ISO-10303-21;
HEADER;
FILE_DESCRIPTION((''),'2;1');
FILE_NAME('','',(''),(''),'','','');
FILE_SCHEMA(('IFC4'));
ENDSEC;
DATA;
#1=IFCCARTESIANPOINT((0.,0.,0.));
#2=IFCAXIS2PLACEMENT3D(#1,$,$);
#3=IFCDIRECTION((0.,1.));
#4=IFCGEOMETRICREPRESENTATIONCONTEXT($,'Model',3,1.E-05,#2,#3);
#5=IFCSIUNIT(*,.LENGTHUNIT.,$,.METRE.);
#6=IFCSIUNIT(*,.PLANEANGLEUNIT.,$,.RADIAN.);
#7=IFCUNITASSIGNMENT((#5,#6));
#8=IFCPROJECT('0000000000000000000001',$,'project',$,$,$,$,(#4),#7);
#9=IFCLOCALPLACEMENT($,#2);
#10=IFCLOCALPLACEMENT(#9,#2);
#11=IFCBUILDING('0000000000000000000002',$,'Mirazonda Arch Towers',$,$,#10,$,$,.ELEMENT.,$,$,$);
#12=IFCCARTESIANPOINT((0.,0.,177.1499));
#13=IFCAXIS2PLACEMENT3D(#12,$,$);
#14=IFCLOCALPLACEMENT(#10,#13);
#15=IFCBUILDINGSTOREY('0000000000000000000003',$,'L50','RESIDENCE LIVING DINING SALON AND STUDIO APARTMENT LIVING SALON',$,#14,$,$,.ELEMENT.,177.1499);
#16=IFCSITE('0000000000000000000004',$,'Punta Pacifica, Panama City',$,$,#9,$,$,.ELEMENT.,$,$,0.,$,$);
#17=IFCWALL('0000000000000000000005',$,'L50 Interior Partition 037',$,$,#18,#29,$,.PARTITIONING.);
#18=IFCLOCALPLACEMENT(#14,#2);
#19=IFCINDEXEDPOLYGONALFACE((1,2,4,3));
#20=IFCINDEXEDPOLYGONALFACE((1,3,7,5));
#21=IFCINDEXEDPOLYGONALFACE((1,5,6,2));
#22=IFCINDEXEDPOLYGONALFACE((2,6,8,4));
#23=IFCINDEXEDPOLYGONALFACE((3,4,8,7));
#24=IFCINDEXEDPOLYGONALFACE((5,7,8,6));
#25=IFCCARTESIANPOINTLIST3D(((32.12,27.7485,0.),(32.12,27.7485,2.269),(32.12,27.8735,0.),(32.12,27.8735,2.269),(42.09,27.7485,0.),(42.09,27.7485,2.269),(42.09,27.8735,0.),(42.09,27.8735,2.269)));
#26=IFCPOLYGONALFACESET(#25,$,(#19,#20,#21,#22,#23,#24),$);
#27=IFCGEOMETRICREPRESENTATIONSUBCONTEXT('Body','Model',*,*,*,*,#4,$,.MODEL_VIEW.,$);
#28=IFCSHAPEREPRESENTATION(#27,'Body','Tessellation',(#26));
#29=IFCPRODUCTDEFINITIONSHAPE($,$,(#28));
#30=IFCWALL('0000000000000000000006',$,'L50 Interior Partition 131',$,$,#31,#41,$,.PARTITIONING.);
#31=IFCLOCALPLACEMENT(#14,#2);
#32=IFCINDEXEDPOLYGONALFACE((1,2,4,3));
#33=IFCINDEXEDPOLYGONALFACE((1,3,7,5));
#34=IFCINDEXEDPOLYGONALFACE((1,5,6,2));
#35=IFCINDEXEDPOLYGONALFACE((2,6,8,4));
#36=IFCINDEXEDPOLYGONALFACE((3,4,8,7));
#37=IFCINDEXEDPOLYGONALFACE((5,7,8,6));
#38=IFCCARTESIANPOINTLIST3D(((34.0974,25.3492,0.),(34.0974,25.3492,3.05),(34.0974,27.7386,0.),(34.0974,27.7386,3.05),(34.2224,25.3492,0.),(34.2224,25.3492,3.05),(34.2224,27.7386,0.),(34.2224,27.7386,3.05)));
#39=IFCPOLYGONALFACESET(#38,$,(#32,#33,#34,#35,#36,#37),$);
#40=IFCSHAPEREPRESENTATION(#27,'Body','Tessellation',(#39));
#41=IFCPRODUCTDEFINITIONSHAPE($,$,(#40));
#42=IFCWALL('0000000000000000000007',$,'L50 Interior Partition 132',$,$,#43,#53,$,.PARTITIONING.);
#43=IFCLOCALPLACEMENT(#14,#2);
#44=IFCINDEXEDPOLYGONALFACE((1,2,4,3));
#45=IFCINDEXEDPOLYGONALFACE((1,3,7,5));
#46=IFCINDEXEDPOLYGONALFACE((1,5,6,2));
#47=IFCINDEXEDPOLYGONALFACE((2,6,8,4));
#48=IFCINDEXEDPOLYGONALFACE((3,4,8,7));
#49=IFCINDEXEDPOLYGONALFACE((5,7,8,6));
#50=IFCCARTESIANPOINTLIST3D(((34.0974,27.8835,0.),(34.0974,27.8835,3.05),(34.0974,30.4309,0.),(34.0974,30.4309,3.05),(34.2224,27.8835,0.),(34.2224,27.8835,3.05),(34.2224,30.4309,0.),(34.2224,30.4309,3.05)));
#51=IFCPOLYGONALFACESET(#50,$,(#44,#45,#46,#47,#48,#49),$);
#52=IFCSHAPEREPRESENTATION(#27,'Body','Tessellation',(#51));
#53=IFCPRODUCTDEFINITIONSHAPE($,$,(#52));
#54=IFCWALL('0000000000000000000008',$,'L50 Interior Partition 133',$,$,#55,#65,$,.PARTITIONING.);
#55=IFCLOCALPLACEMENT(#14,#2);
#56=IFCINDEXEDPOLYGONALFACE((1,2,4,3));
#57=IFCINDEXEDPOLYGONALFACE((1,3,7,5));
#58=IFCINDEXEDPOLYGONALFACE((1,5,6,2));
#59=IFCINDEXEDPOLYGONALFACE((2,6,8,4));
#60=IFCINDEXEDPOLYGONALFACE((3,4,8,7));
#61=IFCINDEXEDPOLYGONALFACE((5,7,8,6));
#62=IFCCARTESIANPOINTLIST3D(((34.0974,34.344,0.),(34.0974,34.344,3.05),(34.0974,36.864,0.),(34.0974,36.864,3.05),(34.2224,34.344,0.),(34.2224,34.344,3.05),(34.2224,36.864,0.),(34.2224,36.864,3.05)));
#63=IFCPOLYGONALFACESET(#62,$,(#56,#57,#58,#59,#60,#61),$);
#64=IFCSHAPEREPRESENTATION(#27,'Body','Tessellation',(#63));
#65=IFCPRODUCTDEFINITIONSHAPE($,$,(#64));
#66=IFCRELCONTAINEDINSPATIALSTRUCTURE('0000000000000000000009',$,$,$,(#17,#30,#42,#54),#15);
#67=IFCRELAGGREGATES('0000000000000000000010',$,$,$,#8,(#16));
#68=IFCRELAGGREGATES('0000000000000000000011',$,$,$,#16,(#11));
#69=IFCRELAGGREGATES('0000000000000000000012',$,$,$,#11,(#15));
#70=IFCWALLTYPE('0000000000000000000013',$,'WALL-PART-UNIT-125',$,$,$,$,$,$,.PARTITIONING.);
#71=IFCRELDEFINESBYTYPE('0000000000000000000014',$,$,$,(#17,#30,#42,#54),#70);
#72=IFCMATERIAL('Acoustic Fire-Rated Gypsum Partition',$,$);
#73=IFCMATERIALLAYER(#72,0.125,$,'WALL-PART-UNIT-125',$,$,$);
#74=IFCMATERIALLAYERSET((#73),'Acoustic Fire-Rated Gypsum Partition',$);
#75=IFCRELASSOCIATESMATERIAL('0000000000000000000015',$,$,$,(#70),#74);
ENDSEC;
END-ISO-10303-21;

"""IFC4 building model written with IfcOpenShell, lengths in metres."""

from ifc_helpers import new_model, si_unit, direction, frame, frame_2d, origin, place, context, subcontext, project, spatial, rectangle, extrude, material, layer, layer_set, type_object, element, save


model = new_model("IFC4")

# Units and contexts
model_context = context("Model", 3, precision=1e-05, world=origin(), true_north=direction((0.0, 1.0)))
body_context = subcontext(model_context, "Body", "Model", "MODEL_VIEW")
ifc_project = project(units=[si_unit("LENGTHUNIT", "METRE"), si_unit("PLANEANGLEUNIT", "RADIAN")], contexts=[model_context])

# Site, building, storey
site_placement = place(None, origin())
site = spatial("IfcSite", under=ifc_project, at=site_placement, Name="Punta Pacifica, Panama City", CompositionType="ELEMENT", RefElevation=0.0)
building_placement = place(site_placement, origin())
building = spatial("IfcBuilding", under=site, at=building_placement, Name="Mirazonda Arch Towers", CompositionType="ELEMENT")
storey_placement = place(building_placement, frame((0.0, 0.0, 177.1499)))
storey = spatial("IfcBuildingStorey", under=building, at=storey_placement, Name="L50", Description="RESIDENCE LIVING DINING SALON AND STUDIO APARTMENT LIVING SALON", CompositionType="ELEMENT", Elevation=177.1499)

# Walls
ifc_material_1 = material(Name="Acoustic Fire-Rated Gypsum Partition")
ifc_layer_1 = layer(ifc_material_1, 0.125, Name="WALL-PART-UNIT-125")
ifc_layer_set_1 = layer_set([ifc_layer_1], Name="Acoustic Fire-Rated Gypsum Partition")
wall_type_1 = type_object("IfcWallType", Name="WALL-PART-UNIT-125", PredefinedType="PARTITIONING", material=ifc_layer_set_1)
wall_1_placement = place(storey_placement, frame((32.1201, 27.811, 0.0), z_axis=(0.0, 0.0, 1.0), x_axis=(1.0, 0.0, 0.0)))
element("IfcWall", 1, at=wall_1_placement, inside=storey, type_object=wall_type_1, Name="L50 Interior Partition 037", PredefinedType="PARTITIONING", context=body_context, shape_type="SweptSolid", body=[
    extrude(rectangle(XDim=9.97, YDim=0.125, at=frame_2d((4.9849, 0.0))), origin(), (0.0, 0.0, 1.0), 2.269),
])
wall_2_placement = place(storey_placement, frame((34.1599, 25.3491, 0.0), z_axis=(0.0, 0.0, 1.0), x_axis=(0.0, 1.0, 0.0)))
element("IfcWall", 2, at=wall_2_placement, inside=storey, type_object=wall_type_1, Name="L50 Interior Partition 131", PredefinedType="PARTITIONING", context=body_context, shape_type="SweptSolid", body=[
    extrude(rectangle(XDim=2.3894, YDim=0.125, at=frame_2d((1.1948, 0.0))), origin(), (0.0, 0.0, 1.0), 3.05),
])
wall_3_placement = place(storey_placement, frame((34.1599, 27.8835, 0.0), z_axis=(0.0, 0.0, 1.0), x_axis=(0.0, 1.0, 0.0)))
element("IfcWall", 3, at=wall_3_placement, inside=storey, type_object=wall_type_1, Name="L50 Interior Partition 132", PredefinedType="PARTITIONING", context=body_context, shape_type="SweptSolid", body=[
    extrude(rectangle(XDim=2.5474, YDim=0.125, at=frame_2d((1.2737, 0.0))), origin(), (0.0, 0.0, 1.0), 3.05),
])
wall_4_placement = place(storey_placement, frame((34.1599, 34.344, 0.0), z_axis=(0.0, 0.0, 1.0), x_axis=(0.0, 1.0, 0.0)))
element("IfcWall", 4, at=wall_4_placement, inside=storey, type_object=wall_type_1, Name="L50 Interior Partition 133", PredefinedType="PARTITIONING", context=body_context, shape_type="SweptSolid", body=[
    extrude(rectangle(XDim=2.52, YDim=0.125, at=frame_2d((1.26, 0.0))), origin(), (0.0, 0.0, 1.0), 3.05),
])

save(model, "model.ifc")
